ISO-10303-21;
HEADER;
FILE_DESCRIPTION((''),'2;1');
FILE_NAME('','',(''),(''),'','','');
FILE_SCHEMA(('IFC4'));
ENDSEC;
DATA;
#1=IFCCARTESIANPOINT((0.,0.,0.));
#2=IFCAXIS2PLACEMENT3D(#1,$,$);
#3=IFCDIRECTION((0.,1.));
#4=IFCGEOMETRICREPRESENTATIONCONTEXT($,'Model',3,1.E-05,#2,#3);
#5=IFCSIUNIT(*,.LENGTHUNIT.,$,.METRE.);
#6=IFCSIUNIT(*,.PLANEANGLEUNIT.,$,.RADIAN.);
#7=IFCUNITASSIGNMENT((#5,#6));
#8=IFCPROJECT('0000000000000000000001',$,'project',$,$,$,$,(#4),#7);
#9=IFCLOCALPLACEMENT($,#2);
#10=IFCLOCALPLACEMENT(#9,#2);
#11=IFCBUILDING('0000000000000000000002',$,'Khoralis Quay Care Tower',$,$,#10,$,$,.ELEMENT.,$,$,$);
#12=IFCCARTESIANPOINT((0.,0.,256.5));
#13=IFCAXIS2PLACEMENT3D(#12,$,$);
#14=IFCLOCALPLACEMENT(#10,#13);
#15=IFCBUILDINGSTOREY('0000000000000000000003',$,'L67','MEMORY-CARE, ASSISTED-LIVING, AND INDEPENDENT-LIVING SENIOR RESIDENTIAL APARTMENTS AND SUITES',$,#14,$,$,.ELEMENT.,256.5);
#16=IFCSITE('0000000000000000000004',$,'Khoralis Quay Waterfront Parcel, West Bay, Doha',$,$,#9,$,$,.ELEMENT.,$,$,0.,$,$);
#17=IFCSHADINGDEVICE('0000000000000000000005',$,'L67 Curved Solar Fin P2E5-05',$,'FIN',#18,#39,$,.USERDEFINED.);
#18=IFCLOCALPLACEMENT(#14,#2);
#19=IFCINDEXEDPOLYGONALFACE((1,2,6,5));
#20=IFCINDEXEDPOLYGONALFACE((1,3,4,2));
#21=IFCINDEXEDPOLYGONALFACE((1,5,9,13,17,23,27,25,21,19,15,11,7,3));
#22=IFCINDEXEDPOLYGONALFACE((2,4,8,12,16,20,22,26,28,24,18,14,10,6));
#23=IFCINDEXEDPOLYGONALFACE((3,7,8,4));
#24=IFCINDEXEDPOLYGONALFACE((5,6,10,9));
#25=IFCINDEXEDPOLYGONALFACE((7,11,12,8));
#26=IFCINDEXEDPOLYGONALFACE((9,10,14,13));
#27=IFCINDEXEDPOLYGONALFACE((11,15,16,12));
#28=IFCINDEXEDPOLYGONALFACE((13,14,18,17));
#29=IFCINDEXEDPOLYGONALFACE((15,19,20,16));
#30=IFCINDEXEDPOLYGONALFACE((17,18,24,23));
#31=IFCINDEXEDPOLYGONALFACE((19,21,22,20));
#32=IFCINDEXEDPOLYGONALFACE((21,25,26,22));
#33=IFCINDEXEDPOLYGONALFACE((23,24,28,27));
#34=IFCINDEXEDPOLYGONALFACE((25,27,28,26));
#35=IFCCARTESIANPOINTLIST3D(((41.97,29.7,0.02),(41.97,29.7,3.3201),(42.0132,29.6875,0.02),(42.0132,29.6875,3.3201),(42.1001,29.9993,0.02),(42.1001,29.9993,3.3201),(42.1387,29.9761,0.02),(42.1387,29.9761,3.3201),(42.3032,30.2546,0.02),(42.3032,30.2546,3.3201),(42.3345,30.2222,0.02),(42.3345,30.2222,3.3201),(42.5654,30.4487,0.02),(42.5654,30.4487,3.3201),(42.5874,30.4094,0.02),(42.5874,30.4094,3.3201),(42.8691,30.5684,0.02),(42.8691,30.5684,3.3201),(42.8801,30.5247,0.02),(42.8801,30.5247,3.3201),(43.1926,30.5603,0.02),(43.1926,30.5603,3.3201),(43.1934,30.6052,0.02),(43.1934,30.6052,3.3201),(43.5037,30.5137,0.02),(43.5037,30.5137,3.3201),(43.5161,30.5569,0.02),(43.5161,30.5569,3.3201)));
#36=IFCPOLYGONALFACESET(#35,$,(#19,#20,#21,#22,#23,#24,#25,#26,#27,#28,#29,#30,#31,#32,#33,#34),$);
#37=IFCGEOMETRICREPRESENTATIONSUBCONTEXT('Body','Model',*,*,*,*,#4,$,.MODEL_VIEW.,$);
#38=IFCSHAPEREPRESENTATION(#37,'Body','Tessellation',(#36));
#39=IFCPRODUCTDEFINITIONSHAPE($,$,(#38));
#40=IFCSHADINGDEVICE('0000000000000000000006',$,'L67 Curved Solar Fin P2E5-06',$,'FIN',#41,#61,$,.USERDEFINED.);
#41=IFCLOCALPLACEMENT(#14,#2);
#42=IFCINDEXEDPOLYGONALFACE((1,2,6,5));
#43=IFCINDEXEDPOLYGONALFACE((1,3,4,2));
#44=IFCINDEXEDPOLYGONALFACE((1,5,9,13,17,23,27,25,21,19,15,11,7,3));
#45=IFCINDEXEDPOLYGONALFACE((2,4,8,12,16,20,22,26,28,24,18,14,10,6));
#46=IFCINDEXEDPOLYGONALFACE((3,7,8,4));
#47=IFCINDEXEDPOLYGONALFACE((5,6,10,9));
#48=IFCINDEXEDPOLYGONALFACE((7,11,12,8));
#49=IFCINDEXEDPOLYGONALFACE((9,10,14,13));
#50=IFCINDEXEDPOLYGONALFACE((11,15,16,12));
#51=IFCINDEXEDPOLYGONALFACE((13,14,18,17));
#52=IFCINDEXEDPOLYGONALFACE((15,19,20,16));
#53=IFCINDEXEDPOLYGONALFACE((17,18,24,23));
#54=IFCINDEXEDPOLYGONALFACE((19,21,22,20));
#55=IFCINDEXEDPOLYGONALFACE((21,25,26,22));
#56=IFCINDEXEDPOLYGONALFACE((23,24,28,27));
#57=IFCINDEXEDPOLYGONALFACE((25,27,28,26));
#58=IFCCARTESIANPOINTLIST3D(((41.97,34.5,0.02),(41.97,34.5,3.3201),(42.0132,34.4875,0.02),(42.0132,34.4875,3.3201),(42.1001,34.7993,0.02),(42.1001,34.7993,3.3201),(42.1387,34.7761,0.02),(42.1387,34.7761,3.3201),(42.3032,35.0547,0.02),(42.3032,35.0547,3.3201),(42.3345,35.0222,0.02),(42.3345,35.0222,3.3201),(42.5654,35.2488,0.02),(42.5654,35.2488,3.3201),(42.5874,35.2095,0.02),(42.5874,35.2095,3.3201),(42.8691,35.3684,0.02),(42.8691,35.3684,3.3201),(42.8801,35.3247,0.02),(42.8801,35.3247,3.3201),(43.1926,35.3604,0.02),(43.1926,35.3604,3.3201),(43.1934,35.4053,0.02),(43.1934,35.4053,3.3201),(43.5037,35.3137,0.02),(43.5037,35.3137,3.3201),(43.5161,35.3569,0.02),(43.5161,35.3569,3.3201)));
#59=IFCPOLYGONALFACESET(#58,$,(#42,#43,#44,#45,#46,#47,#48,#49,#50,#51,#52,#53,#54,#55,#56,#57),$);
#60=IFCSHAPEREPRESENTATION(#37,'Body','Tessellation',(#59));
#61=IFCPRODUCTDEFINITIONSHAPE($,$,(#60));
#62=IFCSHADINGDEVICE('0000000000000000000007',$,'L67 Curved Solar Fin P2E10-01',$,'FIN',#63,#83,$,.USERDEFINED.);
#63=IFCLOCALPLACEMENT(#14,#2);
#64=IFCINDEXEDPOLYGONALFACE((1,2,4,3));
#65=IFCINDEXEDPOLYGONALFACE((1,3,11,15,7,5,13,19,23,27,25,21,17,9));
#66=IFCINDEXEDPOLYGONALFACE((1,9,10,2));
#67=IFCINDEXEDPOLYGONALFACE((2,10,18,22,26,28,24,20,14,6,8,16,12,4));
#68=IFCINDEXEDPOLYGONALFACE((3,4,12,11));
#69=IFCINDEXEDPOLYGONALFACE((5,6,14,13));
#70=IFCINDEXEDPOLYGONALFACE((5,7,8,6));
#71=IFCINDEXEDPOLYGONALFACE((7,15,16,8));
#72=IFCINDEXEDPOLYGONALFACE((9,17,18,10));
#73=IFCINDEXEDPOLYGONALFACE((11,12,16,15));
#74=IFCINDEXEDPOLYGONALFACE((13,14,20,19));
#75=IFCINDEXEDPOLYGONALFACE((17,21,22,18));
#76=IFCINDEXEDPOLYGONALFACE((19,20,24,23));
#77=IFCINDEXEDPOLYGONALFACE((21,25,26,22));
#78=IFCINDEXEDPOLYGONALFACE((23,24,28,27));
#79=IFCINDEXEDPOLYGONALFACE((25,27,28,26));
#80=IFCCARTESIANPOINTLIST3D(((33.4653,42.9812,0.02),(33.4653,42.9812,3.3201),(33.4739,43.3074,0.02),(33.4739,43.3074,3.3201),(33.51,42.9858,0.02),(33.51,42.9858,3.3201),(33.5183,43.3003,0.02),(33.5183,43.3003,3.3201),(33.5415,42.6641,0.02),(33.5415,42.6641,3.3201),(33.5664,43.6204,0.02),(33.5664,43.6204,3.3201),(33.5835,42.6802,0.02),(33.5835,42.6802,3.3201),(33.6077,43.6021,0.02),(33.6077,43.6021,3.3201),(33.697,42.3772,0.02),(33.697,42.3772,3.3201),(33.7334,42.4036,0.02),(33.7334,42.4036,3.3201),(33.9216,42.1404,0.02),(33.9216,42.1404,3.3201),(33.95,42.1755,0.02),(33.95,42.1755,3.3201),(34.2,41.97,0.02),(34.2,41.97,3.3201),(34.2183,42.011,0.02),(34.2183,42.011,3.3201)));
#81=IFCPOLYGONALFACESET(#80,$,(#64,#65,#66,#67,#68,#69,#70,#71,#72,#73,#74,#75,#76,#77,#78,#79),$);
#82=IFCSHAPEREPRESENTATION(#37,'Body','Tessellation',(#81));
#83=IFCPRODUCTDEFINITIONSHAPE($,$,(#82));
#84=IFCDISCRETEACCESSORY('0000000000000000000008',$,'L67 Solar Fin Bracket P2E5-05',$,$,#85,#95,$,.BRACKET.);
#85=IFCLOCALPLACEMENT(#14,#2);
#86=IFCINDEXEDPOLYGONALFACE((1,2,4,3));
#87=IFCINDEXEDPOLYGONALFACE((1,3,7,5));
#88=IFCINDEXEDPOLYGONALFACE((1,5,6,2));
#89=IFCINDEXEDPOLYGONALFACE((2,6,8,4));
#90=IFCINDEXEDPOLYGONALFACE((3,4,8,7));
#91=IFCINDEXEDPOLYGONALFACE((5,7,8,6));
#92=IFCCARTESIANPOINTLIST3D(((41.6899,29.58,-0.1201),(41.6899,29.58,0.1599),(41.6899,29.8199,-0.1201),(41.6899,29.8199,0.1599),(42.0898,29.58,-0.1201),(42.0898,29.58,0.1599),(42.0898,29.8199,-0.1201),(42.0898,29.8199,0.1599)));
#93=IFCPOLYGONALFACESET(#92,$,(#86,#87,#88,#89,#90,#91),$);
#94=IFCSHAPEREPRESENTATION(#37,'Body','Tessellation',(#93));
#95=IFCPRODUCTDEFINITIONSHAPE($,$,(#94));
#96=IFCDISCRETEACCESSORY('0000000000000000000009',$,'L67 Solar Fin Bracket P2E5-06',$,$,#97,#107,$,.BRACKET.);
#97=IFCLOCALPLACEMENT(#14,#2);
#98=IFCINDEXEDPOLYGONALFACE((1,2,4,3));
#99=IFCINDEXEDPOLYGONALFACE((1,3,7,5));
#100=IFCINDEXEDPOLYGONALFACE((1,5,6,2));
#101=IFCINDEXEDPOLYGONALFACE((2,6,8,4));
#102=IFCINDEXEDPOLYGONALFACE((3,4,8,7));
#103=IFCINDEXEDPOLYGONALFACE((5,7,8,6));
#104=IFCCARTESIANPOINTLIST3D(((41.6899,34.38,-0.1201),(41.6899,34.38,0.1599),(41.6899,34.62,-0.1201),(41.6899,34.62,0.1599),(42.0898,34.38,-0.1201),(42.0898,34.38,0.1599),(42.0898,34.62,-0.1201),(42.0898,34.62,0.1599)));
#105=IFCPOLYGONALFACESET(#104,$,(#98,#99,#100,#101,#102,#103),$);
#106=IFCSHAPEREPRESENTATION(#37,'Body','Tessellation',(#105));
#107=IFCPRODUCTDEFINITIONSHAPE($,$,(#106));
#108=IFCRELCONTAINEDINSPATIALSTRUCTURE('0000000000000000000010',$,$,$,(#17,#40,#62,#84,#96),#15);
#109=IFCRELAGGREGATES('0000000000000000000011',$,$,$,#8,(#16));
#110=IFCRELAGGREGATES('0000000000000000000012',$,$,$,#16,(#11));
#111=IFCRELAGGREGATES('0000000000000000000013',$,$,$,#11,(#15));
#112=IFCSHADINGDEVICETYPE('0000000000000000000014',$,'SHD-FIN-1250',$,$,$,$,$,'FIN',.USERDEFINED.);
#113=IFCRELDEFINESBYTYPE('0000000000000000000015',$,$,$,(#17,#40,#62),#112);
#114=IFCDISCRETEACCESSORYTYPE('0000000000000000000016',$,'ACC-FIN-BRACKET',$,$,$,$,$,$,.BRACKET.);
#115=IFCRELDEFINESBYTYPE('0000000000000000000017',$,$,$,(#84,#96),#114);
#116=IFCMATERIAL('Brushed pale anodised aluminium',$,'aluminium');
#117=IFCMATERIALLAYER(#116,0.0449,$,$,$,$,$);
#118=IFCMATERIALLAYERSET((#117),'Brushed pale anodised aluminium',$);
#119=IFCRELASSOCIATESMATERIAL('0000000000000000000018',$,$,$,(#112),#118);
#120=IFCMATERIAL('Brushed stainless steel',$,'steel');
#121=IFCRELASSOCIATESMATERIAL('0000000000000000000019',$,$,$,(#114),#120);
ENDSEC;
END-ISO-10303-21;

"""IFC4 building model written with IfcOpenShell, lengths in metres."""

from ifc_helpers import new_model, si_unit, direction, frame, origin, origin_2d, place, context, subcontext, project, spatial, polyline, rectangle, outline, extrude, source, transform, mapped, material, layer, layer_set, type_object, element, save


model = new_model("IFC4")

# Units and contexts
model_context = context("Model", 3, precision=1e-05, world=origin(), true_north=direction((0.0, 1.0)))
body_context = subcontext(model_context, "Body", "Model", "MODEL_VIEW")
ifc_project = project(units=[si_unit("LENGTHUNIT", "METRE"), si_unit("PLANEANGLEUNIT", "RADIAN")], contexts=[model_context])

# Site, building, storey
site_placement = place(None, origin())
site = spatial("IfcSite", under=ifc_project, at=site_placement, Name="Khoralis Quay Waterfront Parcel, West Bay, Doha", CompositionType="ELEMENT", RefElevation=0.0)
building_placement = place(site_placement, origin())
building = spatial("IfcBuilding", under=site, at=building_placement, Name="Khoralis Quay Care Tower", CompositionType="ELEMENT")
storey_placement = place(building_placement, frame((0.0, 0.0, 256.5)))
storey = spatial("IfcBuildingStorey", under=building, at=storey_placement, Name="L67", Description="MEMORY-CARE, ASSISTED-LIVING, AND INDEPENDENT-LIVING SENIOR RESIDENTIAL APARTMENTS AND SUITES", CompositionType="ELEMENT", Elevation=256.5)

# Shading devices
ifc_material_1 = material(Name="Brushed pale anodised aluminium", Category="aluminium")
ifc_layer_1 = layer(ifc_material_1, 0.0449)
ifc_layer_set_1 = layer_set([ifc_layer_1], Name="Brushed pale anodised aluminium")
shading_device_type = type_object("IfcShadingDeviceType", Name="SHD-FIN-1250", ElementType="FIN", PredefinedType="USERDEFINED", material=ifc_layer_set_1)
shared_shape_1 = source(origin(), body_context, "Body", "SweptSolid", [
    extrude(outline(polyline([(0.0, 0.0), (0.1301, 0.2993), (0.3333, 0.5547), (0.5955, 0.7488), (0.8992, 0.8684), (1.2234, 0.9053), (1.5461, 0.8569), (1.5337, 0.8137), (1.2227, 0.8604), (0.9102, 0.8247), (0.6174, 0.7095), (0.3645, 0.5222), (0.1687, 0.2761), (0.0432, -0.0125), (0.0, 0.0)])), origin(), (0.0, 0.0, 1.0), 3.3),
])
for number, where, z_axis, x_axis, name in (
    (1, (41.97, 29.7, 0.02), (0.0, 0.0, 1.0), (1.0, 0.0, 0.0), "L67 Curved Solar Fin P2E5-05"),
    (2, (41.97, 34.5, 0.02), (0.0, 0.0, 1.0), (1.0, 0.0, 0.0), "L67 Curved Solar Fin P2E5-06"),
):
    element("IfcShadingDevice", number, at=place(storey_placement, frame(where, z_axis=z_axis, x_axis=x_axis)), inside=storey, type_object=shading_device_type, Name=name, ObjectType="FIN", PredefinedType="USERDEFINED", context=body_context, shape_type="MappedRepresentation", body=[
        mapped(shared_shape_1, transform((0.0, 0.0, 0.0), scale=1.0)),
    ])
shared_shape_2 = source(origin(), body_context, "Body", "SweptSolid", [
    extrude(outline(polyline([(0.0, 0.0), (0.1704, 0.2783), (0.4072, 0.5029), (0.6941, 0.6584), (1.0112, 0.7346), (1.3374, 0.7261), (1.6504, 0.6335), (1.6321, 0.5923), (1.3303, 0.6816), (1.0159, 0.6899), (0.7102, 0.6165), (0.4336, 0.4666), (0.2056, 0.25), (0.041, -0.0183), (0.0, 0.0)])), origin(), (0.0, 0.0, 1.0), 3.3),
])
shading_device_placement = place(storey_placement, frame((34.2, 41.97, 0.02), z_axis=(0.0, 0.0, 1.0), x_axis=(0.0, 1.0, 0.0)))
element("IfcShadingDevice", 3, at=shading_device_placement, inside=storey, type_object=shading_device_type, Name="L67 Curved Solar Fin P2E10-01", ObjectType="FIN", PredefinedType="USERDEFINED", context=body_context, shape_type="MappedRepresentation", body=[
    mapped(shared_shape_2, transform((0.0, 0.0, 0.0), scale=1.0)),
])

# Discrete accessories
ifc_material_2 = material(Name="Brushed stainless steel", Category="steel")
discrete_accessory_type = type_object("IfcDiscreteAccessoryType", Name="ACC-FIN-BRACKET", PredefinedType="BRACKET", material=ifc_material_2)
shared_shape_3 = source(origin(), body_context, "Body", "SweptSolid", [
    extrude(rectangle(XDim=0.3999, YDim=0.24, at=origin_2d()), origin(), (0.0, 0.0, 1.0), 0.28),
])
for number, where, z_axis, x_axis, name in (
    (4, (41.8899, 29.7, -0.1201), (0.0, 0.0, 1.0), (1.0, 0.0, 0.0), "L67 Solar Fin Bracket P2E5-05"),
    (5, (41.8899, 34.5, -0.1201), (0.0, 0.0, 1.0), (1.0, 0.0, 0.0), "L67 Solar Fin Bracket P2E5-06"),
):
    element("IfcDiscreteAccessory", number, at=place(storey_placement, frame(where, z_axis=z_axis, x_axis=x_axis)), inside=storey, type_object=discrete_accessory_type, Name=name, PredefinedType="BRACKET", context=body_context, shape_type="MappedRepresentation", body=[
        mapped(shared_shape_3, transform((0.0, 0.0, 0.0), scale=1.0)),
    ])

save(model, "model.ifc")
